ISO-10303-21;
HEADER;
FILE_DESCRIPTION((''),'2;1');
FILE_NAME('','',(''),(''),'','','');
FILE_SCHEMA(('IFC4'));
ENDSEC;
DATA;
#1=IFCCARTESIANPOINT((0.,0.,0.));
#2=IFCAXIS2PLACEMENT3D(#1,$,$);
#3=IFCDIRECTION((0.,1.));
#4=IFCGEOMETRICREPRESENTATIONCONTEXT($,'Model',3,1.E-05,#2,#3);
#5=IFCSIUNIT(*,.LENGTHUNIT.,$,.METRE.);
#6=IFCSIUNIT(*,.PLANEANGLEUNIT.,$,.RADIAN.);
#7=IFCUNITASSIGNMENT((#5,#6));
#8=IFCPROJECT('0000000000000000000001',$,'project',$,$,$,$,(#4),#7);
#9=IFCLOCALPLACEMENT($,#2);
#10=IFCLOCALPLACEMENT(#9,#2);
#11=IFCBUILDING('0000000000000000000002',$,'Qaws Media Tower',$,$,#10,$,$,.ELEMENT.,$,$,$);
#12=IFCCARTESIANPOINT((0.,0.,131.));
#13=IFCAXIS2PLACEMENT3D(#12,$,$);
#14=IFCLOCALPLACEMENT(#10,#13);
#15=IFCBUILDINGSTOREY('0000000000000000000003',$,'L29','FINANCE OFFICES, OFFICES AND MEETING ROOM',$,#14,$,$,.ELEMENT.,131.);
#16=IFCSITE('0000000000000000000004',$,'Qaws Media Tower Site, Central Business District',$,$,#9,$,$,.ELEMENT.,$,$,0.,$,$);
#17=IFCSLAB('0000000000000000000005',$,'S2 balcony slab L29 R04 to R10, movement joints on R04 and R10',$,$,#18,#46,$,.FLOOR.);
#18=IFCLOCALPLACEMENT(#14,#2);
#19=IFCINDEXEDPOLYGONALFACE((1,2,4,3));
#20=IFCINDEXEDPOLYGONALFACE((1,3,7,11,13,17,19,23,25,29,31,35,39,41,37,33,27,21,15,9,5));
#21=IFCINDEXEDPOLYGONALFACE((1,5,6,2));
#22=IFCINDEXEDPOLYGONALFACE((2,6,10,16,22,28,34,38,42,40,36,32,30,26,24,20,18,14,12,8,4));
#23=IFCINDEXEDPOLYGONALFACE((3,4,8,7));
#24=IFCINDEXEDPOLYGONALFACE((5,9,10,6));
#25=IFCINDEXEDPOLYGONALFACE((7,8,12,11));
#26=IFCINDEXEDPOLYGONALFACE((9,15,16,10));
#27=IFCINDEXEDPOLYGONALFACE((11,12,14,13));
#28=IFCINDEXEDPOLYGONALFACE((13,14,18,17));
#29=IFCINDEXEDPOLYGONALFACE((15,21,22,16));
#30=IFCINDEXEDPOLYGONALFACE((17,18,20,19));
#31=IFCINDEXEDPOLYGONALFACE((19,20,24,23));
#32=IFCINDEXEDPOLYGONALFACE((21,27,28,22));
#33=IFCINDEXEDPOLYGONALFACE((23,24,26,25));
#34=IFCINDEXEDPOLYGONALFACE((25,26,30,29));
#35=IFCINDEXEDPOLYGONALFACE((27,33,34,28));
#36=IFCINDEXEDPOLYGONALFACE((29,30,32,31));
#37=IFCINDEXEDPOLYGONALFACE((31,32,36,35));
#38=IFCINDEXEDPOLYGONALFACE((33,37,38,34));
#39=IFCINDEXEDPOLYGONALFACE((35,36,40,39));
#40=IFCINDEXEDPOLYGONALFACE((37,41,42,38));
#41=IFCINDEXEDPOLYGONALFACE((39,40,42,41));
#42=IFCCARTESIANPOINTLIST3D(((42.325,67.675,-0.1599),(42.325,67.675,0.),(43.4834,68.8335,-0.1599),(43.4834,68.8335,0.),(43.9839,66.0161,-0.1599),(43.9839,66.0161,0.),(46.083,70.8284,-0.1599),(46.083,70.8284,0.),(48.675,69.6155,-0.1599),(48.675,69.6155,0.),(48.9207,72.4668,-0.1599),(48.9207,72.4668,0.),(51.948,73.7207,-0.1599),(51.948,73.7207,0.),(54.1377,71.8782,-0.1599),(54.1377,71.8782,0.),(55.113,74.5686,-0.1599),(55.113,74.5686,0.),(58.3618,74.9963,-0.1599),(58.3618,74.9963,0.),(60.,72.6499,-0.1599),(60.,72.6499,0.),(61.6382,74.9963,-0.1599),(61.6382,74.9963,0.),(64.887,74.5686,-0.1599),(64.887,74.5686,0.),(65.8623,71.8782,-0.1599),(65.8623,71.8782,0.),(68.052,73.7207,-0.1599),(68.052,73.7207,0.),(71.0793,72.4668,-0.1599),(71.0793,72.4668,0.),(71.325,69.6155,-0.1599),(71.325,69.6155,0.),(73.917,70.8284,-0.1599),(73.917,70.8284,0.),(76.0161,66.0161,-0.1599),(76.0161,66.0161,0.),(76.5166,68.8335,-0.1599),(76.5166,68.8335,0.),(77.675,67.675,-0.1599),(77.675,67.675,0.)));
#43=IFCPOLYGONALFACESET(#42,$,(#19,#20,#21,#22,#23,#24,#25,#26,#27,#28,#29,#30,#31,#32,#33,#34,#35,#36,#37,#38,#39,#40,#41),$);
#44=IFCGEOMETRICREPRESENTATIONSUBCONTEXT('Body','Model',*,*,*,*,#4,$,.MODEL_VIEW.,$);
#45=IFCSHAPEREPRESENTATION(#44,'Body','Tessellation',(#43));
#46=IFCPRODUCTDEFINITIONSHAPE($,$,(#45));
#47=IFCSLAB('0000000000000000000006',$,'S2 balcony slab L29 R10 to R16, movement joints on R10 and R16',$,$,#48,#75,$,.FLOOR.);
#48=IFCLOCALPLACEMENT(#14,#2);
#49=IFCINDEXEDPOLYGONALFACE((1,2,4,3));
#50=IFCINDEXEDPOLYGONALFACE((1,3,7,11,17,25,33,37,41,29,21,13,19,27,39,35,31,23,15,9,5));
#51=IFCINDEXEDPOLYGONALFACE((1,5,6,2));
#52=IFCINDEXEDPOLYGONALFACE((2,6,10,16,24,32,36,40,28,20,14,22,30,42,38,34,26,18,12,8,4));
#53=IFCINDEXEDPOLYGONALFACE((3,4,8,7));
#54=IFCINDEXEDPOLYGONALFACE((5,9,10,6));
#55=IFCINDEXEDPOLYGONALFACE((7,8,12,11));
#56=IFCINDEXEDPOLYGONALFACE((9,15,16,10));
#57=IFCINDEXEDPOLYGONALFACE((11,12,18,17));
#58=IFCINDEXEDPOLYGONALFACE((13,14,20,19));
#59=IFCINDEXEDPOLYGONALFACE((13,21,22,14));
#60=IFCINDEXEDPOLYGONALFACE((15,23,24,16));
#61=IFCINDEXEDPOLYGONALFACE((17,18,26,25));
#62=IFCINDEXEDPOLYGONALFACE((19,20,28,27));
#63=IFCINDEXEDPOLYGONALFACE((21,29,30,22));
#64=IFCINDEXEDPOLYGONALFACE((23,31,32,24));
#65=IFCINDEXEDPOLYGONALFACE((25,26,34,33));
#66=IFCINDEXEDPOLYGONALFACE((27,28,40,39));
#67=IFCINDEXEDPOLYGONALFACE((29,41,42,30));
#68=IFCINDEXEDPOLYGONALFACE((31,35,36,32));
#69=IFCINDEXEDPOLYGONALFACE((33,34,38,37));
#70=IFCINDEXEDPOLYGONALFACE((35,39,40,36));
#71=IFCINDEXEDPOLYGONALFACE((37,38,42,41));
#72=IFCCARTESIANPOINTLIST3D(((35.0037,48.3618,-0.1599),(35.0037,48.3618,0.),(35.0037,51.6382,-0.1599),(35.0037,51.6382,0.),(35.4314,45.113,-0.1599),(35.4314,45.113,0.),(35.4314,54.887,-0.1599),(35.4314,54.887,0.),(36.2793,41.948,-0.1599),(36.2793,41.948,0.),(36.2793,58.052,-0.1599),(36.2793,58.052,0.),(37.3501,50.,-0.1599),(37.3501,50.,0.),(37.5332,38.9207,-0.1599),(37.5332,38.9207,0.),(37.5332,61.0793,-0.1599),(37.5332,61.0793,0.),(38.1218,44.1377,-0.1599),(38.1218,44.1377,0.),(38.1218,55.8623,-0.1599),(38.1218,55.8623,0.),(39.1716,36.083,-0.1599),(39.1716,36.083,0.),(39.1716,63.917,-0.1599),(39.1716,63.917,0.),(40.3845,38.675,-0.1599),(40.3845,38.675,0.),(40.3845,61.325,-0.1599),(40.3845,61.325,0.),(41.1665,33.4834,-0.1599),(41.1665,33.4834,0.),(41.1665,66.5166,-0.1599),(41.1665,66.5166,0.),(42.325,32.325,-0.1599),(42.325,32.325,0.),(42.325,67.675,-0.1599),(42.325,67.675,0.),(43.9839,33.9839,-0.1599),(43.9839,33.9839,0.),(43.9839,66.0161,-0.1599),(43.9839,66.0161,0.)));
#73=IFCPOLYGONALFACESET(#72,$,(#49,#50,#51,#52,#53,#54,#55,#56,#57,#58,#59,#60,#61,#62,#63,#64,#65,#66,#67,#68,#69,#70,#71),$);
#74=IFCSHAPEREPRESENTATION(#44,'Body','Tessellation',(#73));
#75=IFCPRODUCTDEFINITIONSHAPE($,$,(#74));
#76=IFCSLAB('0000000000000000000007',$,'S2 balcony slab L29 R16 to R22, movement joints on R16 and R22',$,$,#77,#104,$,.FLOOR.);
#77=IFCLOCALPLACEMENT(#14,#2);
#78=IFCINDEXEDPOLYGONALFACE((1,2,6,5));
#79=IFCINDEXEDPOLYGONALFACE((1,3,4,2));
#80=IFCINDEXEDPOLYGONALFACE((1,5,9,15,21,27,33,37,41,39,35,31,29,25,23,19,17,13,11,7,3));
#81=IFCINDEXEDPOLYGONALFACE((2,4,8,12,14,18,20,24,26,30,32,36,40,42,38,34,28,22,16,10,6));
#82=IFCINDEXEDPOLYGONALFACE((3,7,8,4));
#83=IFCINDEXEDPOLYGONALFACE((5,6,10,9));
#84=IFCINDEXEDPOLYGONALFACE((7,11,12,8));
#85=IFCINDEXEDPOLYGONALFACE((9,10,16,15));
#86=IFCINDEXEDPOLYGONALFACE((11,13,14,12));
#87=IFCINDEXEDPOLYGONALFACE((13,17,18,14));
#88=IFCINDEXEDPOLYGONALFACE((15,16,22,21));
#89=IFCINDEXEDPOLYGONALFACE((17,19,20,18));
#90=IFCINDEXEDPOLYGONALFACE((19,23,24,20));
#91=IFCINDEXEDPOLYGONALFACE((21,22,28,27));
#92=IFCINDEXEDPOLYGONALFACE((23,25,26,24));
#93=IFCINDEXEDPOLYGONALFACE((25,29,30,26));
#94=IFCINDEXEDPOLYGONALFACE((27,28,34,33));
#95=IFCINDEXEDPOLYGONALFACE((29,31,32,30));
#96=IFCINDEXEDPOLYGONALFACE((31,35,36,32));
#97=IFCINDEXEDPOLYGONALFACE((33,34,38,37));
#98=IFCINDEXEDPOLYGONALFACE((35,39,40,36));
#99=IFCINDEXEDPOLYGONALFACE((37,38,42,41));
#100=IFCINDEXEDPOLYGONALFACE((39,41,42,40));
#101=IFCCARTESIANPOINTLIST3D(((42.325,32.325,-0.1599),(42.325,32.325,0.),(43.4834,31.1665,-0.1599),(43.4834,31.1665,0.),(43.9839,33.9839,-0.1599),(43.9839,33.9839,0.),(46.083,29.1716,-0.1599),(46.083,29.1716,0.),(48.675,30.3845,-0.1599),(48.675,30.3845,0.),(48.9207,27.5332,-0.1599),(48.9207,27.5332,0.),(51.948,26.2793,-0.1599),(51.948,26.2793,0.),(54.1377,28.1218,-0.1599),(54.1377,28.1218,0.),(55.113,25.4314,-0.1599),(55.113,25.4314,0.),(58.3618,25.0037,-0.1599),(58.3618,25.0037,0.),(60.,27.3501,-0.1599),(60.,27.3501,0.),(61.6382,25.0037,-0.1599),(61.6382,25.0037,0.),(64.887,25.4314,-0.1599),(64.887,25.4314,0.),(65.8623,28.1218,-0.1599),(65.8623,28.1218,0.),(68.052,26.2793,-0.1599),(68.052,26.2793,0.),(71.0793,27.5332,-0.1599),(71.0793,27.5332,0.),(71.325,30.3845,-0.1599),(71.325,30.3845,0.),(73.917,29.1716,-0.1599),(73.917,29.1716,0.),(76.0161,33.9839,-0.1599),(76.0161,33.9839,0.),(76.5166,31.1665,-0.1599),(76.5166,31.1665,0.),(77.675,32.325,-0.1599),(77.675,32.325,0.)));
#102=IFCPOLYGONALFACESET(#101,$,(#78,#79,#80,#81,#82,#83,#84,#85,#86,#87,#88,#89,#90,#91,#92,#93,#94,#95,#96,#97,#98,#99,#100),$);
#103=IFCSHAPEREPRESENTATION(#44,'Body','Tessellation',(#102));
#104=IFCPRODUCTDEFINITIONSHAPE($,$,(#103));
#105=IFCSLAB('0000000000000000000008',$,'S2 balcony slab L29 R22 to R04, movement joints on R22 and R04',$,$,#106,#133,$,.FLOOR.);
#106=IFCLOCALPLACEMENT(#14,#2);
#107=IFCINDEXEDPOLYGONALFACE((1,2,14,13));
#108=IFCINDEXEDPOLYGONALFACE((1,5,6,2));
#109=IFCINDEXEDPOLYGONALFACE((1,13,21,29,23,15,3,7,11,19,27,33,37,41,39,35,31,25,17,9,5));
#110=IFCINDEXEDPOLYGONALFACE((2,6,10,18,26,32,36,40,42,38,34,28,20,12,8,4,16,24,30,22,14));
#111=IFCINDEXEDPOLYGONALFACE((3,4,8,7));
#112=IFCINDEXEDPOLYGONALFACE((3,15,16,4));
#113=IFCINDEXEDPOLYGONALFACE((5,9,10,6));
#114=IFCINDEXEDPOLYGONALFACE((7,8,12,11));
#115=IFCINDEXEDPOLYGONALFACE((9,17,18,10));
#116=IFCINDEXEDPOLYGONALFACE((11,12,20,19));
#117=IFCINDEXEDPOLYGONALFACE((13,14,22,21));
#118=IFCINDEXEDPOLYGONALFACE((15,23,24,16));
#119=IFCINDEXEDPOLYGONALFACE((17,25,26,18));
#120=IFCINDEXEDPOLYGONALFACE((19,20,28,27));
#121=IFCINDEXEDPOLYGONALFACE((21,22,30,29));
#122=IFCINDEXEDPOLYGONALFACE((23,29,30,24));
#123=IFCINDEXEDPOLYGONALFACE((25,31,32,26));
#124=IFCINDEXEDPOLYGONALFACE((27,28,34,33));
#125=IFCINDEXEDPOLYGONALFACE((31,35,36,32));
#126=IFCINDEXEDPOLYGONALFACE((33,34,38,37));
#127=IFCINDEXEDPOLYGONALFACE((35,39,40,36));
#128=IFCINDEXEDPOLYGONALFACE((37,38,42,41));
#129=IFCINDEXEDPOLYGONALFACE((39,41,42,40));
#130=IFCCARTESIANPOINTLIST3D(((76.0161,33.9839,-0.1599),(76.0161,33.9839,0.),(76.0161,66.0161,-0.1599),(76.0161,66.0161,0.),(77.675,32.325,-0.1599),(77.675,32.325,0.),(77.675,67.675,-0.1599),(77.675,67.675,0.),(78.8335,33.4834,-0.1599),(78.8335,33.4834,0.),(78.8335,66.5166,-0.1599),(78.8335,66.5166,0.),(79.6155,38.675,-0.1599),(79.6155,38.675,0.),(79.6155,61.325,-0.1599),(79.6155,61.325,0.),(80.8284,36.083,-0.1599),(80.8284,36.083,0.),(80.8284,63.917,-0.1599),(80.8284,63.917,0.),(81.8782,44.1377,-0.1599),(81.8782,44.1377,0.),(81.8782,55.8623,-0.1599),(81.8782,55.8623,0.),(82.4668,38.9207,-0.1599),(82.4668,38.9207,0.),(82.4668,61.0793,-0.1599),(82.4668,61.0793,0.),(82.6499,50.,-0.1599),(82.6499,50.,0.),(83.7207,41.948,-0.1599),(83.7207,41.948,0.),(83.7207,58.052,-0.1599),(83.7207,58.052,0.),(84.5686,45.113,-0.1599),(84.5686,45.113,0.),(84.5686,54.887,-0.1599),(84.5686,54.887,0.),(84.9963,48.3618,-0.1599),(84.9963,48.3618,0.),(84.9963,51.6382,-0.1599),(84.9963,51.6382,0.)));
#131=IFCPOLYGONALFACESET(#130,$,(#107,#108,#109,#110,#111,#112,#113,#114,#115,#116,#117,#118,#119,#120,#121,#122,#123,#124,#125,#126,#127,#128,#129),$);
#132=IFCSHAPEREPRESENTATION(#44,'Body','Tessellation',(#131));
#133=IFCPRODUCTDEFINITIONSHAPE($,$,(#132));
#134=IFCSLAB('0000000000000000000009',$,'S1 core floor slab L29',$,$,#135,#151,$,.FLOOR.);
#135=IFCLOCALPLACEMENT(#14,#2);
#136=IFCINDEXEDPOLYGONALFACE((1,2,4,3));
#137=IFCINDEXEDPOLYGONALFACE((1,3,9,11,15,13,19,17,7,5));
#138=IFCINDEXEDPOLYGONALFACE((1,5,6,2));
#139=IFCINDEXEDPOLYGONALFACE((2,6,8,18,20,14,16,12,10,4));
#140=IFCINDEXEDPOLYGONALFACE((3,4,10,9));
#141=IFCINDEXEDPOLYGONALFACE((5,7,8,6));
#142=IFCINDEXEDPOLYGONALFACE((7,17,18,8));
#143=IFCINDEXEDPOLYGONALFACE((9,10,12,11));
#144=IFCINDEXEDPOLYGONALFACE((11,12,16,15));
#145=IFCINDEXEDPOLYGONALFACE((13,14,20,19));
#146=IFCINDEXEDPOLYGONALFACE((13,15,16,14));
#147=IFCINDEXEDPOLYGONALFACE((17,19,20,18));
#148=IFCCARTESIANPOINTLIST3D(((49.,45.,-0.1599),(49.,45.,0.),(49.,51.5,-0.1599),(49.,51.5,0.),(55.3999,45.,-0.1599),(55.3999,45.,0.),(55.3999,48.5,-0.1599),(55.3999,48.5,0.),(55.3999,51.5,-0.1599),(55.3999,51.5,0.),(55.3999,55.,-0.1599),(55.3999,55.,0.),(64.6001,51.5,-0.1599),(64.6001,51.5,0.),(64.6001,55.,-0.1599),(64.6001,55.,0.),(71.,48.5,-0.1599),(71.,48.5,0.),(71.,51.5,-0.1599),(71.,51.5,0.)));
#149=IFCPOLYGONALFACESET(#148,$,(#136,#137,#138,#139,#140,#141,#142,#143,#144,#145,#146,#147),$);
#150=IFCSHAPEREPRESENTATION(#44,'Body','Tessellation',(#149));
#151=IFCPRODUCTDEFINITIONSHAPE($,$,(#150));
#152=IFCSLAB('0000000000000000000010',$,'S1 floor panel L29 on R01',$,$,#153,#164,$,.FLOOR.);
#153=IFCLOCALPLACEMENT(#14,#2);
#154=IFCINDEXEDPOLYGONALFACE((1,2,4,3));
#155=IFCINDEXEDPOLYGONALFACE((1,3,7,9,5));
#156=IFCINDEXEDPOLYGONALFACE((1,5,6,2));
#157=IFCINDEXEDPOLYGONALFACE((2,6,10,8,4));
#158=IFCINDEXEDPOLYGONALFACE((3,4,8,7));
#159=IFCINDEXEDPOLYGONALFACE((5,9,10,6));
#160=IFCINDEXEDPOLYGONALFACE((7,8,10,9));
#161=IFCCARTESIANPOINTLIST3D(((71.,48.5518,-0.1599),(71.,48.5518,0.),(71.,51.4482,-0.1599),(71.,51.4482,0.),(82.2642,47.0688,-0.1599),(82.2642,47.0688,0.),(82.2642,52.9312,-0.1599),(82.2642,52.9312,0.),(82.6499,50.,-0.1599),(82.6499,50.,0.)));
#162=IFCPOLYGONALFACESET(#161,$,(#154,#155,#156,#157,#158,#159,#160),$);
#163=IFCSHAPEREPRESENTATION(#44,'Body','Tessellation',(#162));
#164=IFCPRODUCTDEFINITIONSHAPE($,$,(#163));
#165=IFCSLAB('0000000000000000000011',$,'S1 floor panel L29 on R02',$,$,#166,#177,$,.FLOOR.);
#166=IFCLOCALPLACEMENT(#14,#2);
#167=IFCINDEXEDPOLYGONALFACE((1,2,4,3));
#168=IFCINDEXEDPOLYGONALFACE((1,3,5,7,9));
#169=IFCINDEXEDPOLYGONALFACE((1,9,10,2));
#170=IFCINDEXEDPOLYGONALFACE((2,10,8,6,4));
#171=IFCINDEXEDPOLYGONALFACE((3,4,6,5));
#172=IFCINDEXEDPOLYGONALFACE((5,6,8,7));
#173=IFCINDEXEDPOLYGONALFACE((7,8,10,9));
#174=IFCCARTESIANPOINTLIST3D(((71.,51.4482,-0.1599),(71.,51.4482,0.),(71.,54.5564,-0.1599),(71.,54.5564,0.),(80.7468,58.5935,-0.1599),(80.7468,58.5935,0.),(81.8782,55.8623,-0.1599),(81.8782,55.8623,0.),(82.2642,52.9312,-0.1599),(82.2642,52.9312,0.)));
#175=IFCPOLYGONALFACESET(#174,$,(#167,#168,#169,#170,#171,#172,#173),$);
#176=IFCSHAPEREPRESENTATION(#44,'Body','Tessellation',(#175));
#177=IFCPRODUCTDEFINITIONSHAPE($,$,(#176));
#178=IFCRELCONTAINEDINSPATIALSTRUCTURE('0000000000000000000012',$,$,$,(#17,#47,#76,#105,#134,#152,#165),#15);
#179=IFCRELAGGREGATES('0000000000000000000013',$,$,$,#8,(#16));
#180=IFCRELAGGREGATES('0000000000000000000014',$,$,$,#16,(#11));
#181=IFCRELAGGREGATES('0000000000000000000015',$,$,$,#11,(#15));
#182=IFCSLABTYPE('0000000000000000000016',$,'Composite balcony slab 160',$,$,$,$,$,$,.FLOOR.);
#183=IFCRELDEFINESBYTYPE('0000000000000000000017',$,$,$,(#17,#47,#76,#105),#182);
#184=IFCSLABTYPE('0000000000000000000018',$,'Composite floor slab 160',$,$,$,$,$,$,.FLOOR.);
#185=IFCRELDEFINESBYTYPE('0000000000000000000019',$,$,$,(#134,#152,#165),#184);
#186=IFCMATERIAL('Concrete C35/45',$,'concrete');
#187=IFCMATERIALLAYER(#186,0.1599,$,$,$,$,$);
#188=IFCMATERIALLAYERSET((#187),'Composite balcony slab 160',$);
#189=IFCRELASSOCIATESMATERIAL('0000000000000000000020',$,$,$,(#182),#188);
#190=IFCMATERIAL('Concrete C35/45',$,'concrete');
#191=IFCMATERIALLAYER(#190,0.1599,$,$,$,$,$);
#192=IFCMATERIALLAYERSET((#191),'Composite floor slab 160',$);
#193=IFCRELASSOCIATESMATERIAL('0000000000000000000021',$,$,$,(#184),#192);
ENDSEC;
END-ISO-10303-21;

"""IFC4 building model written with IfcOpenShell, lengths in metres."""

from ifc_helpers import new_model, si_unit, direction, frame, origin, place, context, subcontext, project, spatial, polyline, outline, extrude, material, layer, layer_set, type_object, element, save


model = new_model("IFC4")

# Units and contexts
model_context = context("Model", 3, precision=1e-05, world=origin(), true_north=direction((0.0, 1.0)))
body_context = subcontext(model_context, "Body", "Model", "MODEL_VIEW")
ifc_project = project(units=[si_unit("LENGTHUNIT", "METRE"), si_unit("PLANEANGLEUNIT", "RADIAN")], contexts=[model_context])

# Site, building, storey
site_placement = place(None, origin())
site = spatial("IfcSite", under=ifc_project, at=site_placement, Name="Qaws Media Tower Site, Central Business District", CompositionType="ELEMENT", RefElevation=0.0)
building_placement = place(site_placement, origin())
building = spatial("IfcBuilding", under=site, at=building_placement, Name="Qaws Media Tower", CompositionType="ELEMENT")
storey_placement = place(building_placement, frame((0.0, 0.0, 131.0)))
storey = spatial("IfcBuildingStorey", under=building, at=storey_placement, Name="L29", Description="FINANCE OFFICES, OFFICES AND MEETING ROOM", CompositionType="ELEMENT", Elevation=131.0)

# Slabs
ifc_material_1 = material(Name="Concrete C35/45", Category="concrete")
ifc_layer_1 = layer(ifc_material_1, 0.1599)
ifc_layer_set_1 = layer_set([ifc_layer_1], Name="Composite balcony slab 160")
slab_type_1 = type_object("IfcSlabType", Name="Composite balcony slab 160", PredefinedType="FLOOR", material=ifc_layer_set_1)
slab_1_placement = place(storey_placement, frame((0.0, 0.0, -0.1599)))
element("IfcSlab", 1, at=slab_1_placement, inside=storey, type_object=slab_type_1, Name="S2 balcony slab L29 R04 to R10, movement joints on R04 and R10", PredefinedType="FLOOR", context=body_context, shape_type="SweptSolid", body=[
    extrude(outline(polyline([(43.4834, 68.8335), (46.083, 70.8284), (48.9207, 72.4668), (51.948, 73.7207), (55.113, 74.5686), (58.3618, 74.9963), (61.6382, 74.9963), (64.887, 74.5686), (68.052, 73.7207), (71.0793, 72.4668), (73.917, 70.8284), (76.5166, 68.8335), (77.675, 67.675), (76.0161, 66.0161), (71.325, 69.6155), (65.8623, 71.8782), (60.0, 72.6499), (54.1377, 71.8782), (48.675, 69.6155), (43.9839, 66.0161), (42.325, 67.675), (43.4834, 68.8335)])), origin(), (0.0, 0.0, 1.0), 0.1599),
])
slab_2_placement = place(storey_placement, frame((0.0, 0.0, -0.1599)))
element("IfcSlab", 2, at=slab_2_placement, inside=storey, type_object=slab_type_1, Name="S2 balcony slab L29 R10 to R16, movement joints on R10 and R16", PredefinedType="FLOOR", context=body_context, shape_type="SweptSolid", body=[
    extrude(outline(polyline([(41.1665, 33.4834), (39.1716, 36.083), (37.5332, 38.9207), (36.2793, 41.948), (35.4314, 45.113), (35.0037, 48.3618), (35.0037, 51.6382), (35.4314, 54.887), (36.2793, 58.052), (37.5332, 61.0793), (39.1716, 63.917), (41.1665, 66.5166), (42.325, 67.675), (43.9839, 66.0161), (40.3845, 61.325), (38.1218, 55.8623), (37.3501, 50.0), (38.1218, 44.1377), (40.3845, 38.675), (43.9839, 33.9839), (42.325, 32.325), (41.1665, 33.4834)])), origin(), (0.0, 0.0, 1.0), 0.1599),
])
slab_3_placement = place(storey_placement, frame((0.0, 0.0, -0.1599)))
element("IfcSlab", 3, at=slab_3_placement, inside=storey, type_object=slab_type_1, Name="S2 balcony slab L29 R16 to R22, movement joints on R16 and R22", PredefinedType="FLOOR", context=body_context, shape_type="SweptSolid", body=[
    extrude(outline(polyline([(76.5166, 31.1665), (73.917, 29.1716), (71.0793, 27.5332), (68.052, 26.2793), (64.887, 25.4314), (61.6382, 25.0037), (58.3618, 25.0037), (55.113, 25.4314), (51.948, 26.2793), (48.9207, 27.5332), (46.083, 29.1716), (43.4834, 31.1665), (42.325, 32.325), (43.9839, 33.9839), (48.675, 30.3845), (54.1377, 28.1218), (60.0, 27.3501), (65.8623, 28.1218), (71.325, 30.3845), (76.0161, 33.9839), (77.675, 32.325), (76.5166, 31.1665)])), origin(), (0.0, 0.0, 1.0), 0.1599),
])
slab_4_placement = place(storey_placement, frame((0.0, 0.0, -0.1599)))
element("IfcSlab", 4, at=slab_4_placement, inside=storey, type_object=slab_type_1, Name="S2 balcony slab L29 R22 to R04, movement joints on R22 and R04", PredefinedType="FLOOR", context=body_context, shape_type="SweptSolid", body=[
    extrude(outline(polyline([(84.5686, 45.113), (83.7207, 41.948), (82.4668, 38.9207), (80.8284, 36.083), (78.8335, 33.4834), (77.675, 32.325), (76.0161, 33.9839), (79.6155, 38.675), (81.8782, 44.1377), (82.6499, 50.0), (81.8782, 55.8623), (79.6155, 61.325), (76.0161, 66.0161), (77.675, 67.675), (78.8335, 66.5166), (80.8284, 63.917), (82.4668, 61.0793), (83.7207, 58.052), (84.5686, 54.887), (84.9963, 51.6382), (84.9963, 48.3618), (84.5686, 45.113)])), origin(), (0.0, 0.0, 1.0), 0.1599),
])
ifc_material_2 = material(Name="Concrete C35/45", Category="concrete")
ifc_layer_2 = layer(ifc_material_2, 0.1599)
ifc_layer_set_2 = layer_set([ifc_layer_2], Name="Composite floor slab 160")
slab_type_2 = type_object("IfcSlabType", Name="Composite floor slab 160", PredefinedType="FLOOR", material=ifc_layer_set_2)
slab_5_placement = place(storey_placement, frame((0.0, 0.0, -0.1599)))
element("IfcSlab", 5, at=slab_5_placement, inside=storey, type_object=slab_type_2, Name="S1 core floor slab L29", PredefinedType="FLOOR", context=body_context, shape_type="SweptSolid", body=[
    extrude(outline(polyline([(71.0, 51.5), (71.0, 48.5), (55.3999, 48.5), (55.3999, 45.0), (49.0, 45.0), (49.0, 51.5), (55.3999, 51.5), (55.3999, 55.0), (64.6001, 55.0), (64.6001, 51.5), (71.0, 51.5)])), origin(), (0.0, 0.0, 1.0), 0.1599),
])
slab_6_placement = place(storey_placement, frame((0.0, 0.0, -0.1599)))
element("IfcSlab", 6, at=slab_6_placement, inside=storey, type_object=slab_type_2, Name="S1 floor panel L29 on R01", PredefinedType="FLOOR", context=body_context, shape_type="SweptSolid", body=[
    extrude(outline(polyline([(82.6499, 50.0), (82.2642, 47.0688), (71.0, 48.5518), (71.0, 51.4482), (82.2642, 52.9312), (82.6499, 50.0)])), origin(), (0.0, 0.0, 1.0), 0.1599),
])
slab_7_placement = place(storey_placement, frame((0.0, 0.0, -0.1599)))
element("IfcSlab", 7, at=slab_7_placement, inside=storey, type_object=slab_type_2, Name="S1 floor panel L29 on R02", PredefinedType="FLOOR", context=body_context, shape_type="SweptSolid", body=[
    extrude(outline(polyline([(81.8782, 55.8623), (82.2642, 52.9312), (71.0, 51.4482), (71.0, 54.5564), (80.7468, 58.5935), (81.8782, 55.8623)])), origin(), (0.0, 0.0, 1.0), 0.1599),
])

save(model, "model.ifc")
